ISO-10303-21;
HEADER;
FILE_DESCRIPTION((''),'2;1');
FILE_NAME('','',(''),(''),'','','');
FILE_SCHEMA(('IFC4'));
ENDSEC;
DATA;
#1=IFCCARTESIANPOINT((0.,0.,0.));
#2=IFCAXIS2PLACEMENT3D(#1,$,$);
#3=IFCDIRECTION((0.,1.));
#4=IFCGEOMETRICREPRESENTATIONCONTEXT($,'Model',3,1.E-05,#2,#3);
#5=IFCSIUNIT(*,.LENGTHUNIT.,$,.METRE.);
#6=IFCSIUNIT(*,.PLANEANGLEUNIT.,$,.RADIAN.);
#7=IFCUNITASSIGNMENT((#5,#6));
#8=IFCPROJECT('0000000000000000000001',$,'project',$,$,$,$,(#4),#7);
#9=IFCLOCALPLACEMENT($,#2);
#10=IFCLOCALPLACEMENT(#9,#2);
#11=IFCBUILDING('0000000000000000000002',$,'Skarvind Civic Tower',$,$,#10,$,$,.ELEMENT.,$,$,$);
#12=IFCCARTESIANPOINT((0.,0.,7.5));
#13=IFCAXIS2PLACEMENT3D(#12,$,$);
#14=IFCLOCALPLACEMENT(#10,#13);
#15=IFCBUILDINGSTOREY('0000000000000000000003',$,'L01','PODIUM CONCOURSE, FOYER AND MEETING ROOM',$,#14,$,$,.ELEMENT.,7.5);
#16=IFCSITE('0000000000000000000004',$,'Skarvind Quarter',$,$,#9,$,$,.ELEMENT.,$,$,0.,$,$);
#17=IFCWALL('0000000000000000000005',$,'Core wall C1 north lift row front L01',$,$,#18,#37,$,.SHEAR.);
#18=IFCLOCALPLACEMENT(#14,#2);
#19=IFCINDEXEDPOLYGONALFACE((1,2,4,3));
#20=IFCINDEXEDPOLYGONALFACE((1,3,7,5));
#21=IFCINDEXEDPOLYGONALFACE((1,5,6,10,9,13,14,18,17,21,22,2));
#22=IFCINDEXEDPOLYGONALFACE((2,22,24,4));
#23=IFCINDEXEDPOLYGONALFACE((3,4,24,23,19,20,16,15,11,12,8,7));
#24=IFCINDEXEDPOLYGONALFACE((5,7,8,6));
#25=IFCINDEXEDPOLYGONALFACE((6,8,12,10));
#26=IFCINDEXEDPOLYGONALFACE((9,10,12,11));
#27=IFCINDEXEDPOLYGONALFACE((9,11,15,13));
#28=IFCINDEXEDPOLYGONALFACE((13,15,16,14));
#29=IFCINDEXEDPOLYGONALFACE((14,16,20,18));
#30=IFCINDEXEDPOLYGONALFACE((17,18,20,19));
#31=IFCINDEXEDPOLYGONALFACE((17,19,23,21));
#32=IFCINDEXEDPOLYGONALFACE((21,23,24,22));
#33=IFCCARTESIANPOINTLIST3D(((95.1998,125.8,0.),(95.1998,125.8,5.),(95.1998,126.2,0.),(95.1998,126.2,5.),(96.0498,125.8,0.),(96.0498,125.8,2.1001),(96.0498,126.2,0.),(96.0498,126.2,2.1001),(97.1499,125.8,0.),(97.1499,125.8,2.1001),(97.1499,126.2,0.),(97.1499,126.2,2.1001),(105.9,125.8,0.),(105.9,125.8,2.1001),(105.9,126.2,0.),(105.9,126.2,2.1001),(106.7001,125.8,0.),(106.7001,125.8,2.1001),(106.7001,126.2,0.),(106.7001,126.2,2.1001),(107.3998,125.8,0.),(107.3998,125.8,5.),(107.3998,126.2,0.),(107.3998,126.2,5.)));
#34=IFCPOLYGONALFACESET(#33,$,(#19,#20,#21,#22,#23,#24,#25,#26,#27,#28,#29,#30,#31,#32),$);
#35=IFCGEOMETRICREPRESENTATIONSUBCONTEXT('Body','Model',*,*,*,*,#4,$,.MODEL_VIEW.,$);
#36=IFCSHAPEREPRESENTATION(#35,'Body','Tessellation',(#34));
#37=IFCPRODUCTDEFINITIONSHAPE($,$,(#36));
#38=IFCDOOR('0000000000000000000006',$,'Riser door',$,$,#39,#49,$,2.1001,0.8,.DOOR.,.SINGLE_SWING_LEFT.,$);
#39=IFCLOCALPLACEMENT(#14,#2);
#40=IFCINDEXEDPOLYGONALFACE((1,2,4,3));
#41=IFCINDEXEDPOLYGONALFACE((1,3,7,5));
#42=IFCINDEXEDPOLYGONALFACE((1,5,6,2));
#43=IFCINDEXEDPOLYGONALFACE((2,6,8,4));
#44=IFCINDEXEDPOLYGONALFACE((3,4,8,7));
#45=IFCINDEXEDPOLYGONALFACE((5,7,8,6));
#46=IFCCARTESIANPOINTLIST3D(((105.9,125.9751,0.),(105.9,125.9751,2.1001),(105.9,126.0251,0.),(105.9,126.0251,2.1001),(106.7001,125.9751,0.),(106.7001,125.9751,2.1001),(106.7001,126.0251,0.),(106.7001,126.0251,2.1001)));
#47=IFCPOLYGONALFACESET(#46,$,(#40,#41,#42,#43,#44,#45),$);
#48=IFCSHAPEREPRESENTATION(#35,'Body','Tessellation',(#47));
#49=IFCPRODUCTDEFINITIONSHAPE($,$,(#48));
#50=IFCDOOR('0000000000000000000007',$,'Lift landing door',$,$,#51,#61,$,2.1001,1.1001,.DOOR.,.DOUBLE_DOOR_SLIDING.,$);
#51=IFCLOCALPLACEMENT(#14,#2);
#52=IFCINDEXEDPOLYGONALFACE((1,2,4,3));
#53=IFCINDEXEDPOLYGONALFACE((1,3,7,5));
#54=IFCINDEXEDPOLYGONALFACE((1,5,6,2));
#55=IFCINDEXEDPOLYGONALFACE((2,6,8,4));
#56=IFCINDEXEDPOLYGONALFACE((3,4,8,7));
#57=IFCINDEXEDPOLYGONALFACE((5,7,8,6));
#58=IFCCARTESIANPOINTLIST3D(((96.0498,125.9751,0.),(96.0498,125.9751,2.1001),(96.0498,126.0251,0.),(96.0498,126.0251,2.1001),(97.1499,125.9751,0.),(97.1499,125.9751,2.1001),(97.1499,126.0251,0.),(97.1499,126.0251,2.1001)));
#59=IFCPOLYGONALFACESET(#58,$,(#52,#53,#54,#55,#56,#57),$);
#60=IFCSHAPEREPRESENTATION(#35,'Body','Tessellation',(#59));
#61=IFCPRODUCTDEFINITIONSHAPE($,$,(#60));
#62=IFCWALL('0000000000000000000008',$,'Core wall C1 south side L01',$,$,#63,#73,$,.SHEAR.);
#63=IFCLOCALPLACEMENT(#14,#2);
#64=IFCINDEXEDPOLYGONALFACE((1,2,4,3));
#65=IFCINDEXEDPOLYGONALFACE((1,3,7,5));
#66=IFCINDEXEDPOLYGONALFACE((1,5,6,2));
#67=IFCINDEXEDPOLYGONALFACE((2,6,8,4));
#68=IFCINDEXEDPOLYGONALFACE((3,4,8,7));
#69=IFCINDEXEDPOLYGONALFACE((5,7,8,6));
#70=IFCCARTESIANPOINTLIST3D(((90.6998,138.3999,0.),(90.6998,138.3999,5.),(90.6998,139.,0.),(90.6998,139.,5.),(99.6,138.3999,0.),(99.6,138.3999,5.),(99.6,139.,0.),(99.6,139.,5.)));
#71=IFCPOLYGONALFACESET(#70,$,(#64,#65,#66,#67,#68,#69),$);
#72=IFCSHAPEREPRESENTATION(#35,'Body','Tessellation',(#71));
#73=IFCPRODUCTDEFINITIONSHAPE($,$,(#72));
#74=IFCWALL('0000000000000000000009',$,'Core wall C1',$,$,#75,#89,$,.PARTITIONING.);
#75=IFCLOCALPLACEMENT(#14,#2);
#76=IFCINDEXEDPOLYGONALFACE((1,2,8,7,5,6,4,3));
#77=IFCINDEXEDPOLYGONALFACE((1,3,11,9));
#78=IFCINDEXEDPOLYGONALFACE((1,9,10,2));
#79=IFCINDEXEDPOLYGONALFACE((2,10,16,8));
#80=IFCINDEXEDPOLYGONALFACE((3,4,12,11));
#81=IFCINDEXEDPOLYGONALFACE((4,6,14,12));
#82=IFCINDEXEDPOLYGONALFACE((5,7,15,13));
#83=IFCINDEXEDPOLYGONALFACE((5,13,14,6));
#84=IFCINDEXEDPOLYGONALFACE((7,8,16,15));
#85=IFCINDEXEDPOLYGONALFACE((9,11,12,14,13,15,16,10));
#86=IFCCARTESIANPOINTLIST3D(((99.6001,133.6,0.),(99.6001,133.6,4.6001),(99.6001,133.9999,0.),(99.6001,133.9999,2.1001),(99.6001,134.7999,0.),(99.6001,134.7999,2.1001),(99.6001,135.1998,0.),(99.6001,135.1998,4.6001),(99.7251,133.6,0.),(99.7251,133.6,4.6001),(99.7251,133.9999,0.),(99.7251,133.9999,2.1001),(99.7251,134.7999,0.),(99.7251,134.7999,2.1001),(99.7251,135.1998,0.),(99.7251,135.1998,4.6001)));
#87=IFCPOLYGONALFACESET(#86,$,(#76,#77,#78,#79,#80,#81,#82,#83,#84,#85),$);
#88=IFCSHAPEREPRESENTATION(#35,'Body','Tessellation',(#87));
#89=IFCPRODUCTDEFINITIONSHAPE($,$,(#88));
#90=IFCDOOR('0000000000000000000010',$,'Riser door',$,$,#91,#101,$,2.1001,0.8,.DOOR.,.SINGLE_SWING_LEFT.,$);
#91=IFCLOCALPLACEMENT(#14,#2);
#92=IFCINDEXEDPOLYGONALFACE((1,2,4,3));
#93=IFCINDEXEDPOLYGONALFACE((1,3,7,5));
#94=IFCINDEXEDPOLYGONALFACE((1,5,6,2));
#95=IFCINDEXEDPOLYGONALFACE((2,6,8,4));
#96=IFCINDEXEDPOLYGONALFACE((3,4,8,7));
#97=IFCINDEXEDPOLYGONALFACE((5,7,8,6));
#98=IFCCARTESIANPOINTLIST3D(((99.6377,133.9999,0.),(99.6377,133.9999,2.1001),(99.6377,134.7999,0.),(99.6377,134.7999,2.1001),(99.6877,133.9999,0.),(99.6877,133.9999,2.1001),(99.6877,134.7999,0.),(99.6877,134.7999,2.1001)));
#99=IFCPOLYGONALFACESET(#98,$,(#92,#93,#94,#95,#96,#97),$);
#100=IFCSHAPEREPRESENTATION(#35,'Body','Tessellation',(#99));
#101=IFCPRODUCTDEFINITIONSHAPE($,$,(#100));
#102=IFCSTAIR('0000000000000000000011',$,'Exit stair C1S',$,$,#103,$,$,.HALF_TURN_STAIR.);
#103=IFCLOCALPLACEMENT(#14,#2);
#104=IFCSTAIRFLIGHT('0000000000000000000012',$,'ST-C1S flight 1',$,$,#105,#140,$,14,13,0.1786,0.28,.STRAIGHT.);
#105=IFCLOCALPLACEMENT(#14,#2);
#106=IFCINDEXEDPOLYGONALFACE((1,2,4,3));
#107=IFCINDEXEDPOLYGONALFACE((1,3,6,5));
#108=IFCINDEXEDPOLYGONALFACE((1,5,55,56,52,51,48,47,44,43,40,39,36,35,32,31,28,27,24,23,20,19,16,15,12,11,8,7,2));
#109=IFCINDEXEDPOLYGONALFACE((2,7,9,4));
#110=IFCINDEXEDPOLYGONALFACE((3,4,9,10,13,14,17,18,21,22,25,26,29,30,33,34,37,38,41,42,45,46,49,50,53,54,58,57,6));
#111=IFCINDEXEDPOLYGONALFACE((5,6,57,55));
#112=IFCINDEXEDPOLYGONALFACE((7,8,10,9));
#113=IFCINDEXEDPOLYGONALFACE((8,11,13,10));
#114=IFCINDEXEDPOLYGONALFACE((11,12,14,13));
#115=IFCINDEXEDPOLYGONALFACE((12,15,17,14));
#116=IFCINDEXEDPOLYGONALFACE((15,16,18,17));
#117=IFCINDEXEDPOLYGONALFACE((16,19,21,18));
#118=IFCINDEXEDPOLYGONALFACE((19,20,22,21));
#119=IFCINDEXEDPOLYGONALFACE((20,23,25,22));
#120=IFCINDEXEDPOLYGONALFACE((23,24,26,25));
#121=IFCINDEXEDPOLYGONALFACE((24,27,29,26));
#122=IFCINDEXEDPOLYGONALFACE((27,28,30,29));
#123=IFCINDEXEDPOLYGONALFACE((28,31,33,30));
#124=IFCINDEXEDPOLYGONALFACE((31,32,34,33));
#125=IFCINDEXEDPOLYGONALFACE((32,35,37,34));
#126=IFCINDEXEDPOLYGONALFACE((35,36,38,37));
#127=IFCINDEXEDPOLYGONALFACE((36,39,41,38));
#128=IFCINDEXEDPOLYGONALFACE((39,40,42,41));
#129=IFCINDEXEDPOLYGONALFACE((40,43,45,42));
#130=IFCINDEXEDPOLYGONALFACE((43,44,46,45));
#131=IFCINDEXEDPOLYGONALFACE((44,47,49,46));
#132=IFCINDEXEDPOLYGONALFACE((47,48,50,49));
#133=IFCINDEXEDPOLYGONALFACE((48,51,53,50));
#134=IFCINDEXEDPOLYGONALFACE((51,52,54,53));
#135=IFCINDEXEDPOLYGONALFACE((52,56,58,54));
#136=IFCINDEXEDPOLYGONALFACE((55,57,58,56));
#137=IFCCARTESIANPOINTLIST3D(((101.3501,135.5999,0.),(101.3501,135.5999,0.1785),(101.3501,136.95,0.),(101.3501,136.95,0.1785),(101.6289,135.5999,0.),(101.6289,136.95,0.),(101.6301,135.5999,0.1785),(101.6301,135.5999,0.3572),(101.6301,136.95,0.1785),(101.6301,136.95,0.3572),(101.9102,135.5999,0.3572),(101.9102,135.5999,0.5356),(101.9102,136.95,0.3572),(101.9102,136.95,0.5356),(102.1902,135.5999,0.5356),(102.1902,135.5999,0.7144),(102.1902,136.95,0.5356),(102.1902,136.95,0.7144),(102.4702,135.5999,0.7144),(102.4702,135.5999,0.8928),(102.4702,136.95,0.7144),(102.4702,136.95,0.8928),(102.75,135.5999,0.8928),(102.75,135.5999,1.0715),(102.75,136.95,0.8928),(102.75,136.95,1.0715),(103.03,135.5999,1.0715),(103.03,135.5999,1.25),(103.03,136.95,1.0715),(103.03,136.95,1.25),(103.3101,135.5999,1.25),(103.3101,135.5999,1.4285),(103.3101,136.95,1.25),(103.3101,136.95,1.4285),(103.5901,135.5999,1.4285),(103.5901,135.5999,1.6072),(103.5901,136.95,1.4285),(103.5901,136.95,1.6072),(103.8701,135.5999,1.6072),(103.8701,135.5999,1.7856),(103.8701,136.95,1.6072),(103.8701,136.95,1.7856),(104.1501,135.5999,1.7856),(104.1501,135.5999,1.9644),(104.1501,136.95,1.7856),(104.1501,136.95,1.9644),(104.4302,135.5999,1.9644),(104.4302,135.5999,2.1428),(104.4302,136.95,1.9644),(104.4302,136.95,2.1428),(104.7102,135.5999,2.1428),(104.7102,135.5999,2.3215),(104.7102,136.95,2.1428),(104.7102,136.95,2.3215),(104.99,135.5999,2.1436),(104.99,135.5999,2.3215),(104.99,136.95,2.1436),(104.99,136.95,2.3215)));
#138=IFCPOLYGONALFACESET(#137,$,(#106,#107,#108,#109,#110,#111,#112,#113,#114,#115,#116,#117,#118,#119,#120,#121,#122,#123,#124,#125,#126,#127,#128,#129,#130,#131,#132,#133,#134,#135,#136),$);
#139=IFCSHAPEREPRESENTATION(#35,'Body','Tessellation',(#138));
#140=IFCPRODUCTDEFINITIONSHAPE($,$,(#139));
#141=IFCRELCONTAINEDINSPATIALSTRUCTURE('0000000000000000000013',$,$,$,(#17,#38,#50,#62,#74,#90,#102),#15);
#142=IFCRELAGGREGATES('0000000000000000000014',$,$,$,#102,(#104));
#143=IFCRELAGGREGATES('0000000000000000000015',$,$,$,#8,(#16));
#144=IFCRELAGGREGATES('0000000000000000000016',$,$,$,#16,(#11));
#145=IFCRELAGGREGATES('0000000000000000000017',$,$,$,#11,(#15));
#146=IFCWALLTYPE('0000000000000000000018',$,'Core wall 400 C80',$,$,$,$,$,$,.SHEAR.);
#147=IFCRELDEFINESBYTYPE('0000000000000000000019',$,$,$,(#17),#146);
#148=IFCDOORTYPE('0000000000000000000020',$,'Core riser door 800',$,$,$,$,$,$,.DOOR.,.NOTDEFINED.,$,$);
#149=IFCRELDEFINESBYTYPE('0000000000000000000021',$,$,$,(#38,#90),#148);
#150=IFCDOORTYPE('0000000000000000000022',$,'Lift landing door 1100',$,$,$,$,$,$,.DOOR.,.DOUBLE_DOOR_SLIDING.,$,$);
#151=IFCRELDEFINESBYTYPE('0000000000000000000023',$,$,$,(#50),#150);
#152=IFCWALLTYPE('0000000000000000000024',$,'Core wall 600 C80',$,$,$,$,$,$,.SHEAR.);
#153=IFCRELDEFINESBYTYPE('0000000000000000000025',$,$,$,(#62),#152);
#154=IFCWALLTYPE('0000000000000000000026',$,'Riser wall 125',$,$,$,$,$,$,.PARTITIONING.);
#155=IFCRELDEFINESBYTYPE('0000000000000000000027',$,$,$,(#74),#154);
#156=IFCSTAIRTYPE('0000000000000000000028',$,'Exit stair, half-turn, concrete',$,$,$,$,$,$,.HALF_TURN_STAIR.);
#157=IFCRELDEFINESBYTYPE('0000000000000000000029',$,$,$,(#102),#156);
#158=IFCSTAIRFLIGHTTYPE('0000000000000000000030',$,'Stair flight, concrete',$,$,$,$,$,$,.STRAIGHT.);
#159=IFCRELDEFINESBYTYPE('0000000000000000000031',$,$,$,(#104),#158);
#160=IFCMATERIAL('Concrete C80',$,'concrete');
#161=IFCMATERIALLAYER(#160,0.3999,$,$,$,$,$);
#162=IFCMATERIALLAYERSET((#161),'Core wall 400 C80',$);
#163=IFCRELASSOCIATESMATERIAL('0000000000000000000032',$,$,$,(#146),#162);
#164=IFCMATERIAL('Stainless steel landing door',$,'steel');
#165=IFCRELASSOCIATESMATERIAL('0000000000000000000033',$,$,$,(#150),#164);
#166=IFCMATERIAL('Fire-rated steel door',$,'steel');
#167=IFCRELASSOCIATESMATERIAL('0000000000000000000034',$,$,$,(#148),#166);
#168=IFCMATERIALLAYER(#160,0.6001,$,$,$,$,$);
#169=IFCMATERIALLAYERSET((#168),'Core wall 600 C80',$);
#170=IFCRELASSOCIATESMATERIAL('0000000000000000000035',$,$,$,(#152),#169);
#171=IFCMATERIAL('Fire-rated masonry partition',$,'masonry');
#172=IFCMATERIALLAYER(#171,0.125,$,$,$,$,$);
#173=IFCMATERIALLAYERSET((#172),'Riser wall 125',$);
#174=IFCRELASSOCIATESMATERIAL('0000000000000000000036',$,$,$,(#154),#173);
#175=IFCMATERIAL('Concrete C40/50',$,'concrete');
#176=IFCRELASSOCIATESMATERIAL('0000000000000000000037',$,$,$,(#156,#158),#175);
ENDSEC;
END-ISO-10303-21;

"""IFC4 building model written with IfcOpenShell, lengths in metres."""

from ifc_helpers import new_model, si_unit, direction, frame, frame_2d, origin, place, context, subcontext, project, spatial, polyline, rectangle, outline, extrude, material, layer, layer_set, type_object, element, fill, aggregate, save


model = new_model("IFC4")

# Units and contexts
model_context = context("Model", 3, precision=1e-05, world=origin(), true_north=direction((0.0, 1.0)))
body_context = subcontext(model_context, "Body", "Model", "MODEL_VIEW")
ifc_project = project(units=[si_unit("LENGTHUNIT", "METRE"), si_unit("PLANEANGLEUNIT", "RADIAN")], contexts=[model_context])

# Site, building, storey
site_placement = place(None, origin())
site = spatial("IfcSite", under=ifc_project, at=site_placement, Name="Skarvind Quarter", CompositionType="ELEMENT", RefElevation=0.0)
building_placement = place(site_placement, origin())
building = spatial("IfcBuilding", under=site, at=building_placement, Name="Skarvind Civic Tower", CompositionType="ELEMENT")
storey_placement = place(building_placement, frame((0.0, 0.0, 7.5)))
storey = spatial("IfcBuildingStorey", under=building, at=storey_placement, Name="L01", Description="PODIUM CONCOURSE, FOYER AND MEETING ROOM", CompositionType="ELEMENT", Elevation=7.5)

# Shared definitions
ifc_material_1 = material(Name="Concrete C80", Category="concrete")
ifc_layer_1 = layer(ifc_material_1, 0.3999)
ifc_layer_set_1 = layer_set([ifc_layer_1], Name="Core wall 400 C80")
wall_type_1 = type_object("IfcWallType", Name="Core wall 400 C80", PredefinedType="SHEAR", material=ifc_layer_set_1)
ifc_material_2 = material(Name="Fire-rated steel door", Category="steel")

# Shared definitions
ifc_material_3 = material(Name="Stainless steel landing door", Category="steel")
door_type_1 = type_object("IfcDoorType", Name="Lift landing door 1100", OperationType="DOUBLE_DOOR_SLIDING", PredefinedType="DOOR", material=ifc_material_3)

# Wall, openings, doors
wall_1_placement = place(storey_placement, frame((107.3999, 126.0, 0.0), z_axis=(0.0, 0.0, 1.0), x_axis=(-1.0, 0.0, 0.0)))
wall_1 = element("IfcWall", 1, at=wall_1_placement, inside=storey, type_object=wall_type_1, Name="Core wall C1 north lift row front L01", PredefinedType="SHEAR", context=body_context, shape_type="SweptSolid", body=[
    extrude(rectangle(XDim=12.2, YDim=0.3999, at=frame_2d((6.1001, 0.0))), origin(), (0.0, 0.0, 1.0), 5.0),
])
opening_1_placement = place(wall_1_placement, frame((10.25, 0.0, 0.0)))
opening_1 = element("IfcOpeningElement", 2, at=opening_1_placement, cuts=wall_1, PredefinedType="OPENING", context=body_context, shape_type="SweptSolid", body=[
    extrude(rectangle(XDim=1.1001, YDim=2.1001, at=frame_2d((0.55, 1.05))), frame((0.0, 0.21, 0.0), z_axis=(0.0, -1.0, 0.0), x_axis=(1.0, 0.0, 0.0)), (0.0, 0.0, 1.0), 0.4199),
])
opening_2_placement = place(wall_1_placement, frame((0.7, 0.0, 0.0)))
opening_2 = element("IfcOpeningElement", 3, at=opening_2_placement, cuts=wall_1, PredefinedType="OPENING", context=body_context, shape_type="SweptSolid", body=[
    extrude(rectangle(XDim=0.8, YDim=2.1001, at=frame_2d((0.3999, 1.05))), frame((0.0, 0.21, 0.0), z_axis=(0.0, -1.0, 0.0), x_axis=(1.0, 0.0, 0.0)), (0.0, 0.0, 1.0), 0.4199),
])
door_type_2 = type_object("IfcDoorType", Name="Core riser door 800", OperationType="NOTDEFINED", PredefinedType="DOOR", material=ifc_material_2)
door_1_placement = place(opening_2_placement, origin())
door_1 = element("IfcDoor", 4, at=door_1_placement, inside=storey, type_object=door_type_2, Name="Riser door", OperationType="SINGLE_SWING_LEFT", OverallHeight=2.1001, OverallWidth=0.8, PredefinedType="DOOR", context=body_context, shape_type="SweptSolid", body=[
    extrude(rectangle(XDim=0.8, YDim=2.1001, at=frame_2d((0.3999, 1.05))), frame((0.0, 0.0249, 0.0), z_axis=(0.0, -1.0, 0.0), x_axis=(1.0, 0.0, 0.0)), (0.0, 0.0, 1.0), 0.05),
])
fill(opening_2, door_1)
door_2_placement = place(opening_1_placement, origin())
door_2 = element("IfcDoor", 5, at=door_2_placement, inside=storey, type_object=door_type_1, Name="Lift landing door", OperationType="DOUBLE_DOOR_SLIDING", OverallHeight=2.1001, OverallWidth=1.1001, PredefinedType="DOOR", context=body_context, shape_type="SweptSolid", body=[
    extrude(rectangle(XDim=1.1001, YDim=2.1001, at=frame_2d((0.55, 1.05))), frame((0.0, 0.0249, 0.0), z_axis=(0.0, -1.0, 0.0), x_axis=(1.0, 0.0, 0.0)), (0.0, 0.0, 1.0), 0.05),
])
fill(opening_1, door_2)

# Wall
ifc_layer_2 = layer(ifc_material_1, 0.6001)
ifc_layer_set_2 = layer_set([ifc_layer_2], Name="Core wall 600 C80")
wall_type_2 = type_object("IfcWallType", Name="Core wall 600 C80", PredefinedType="SHEAR", material=ifc_layer_set_2)
wall_2_placement = place(storey_placement, frame((99.6001, 138.7, 0.0), z_axis=(0.0, 0.0, 1.0), x_axis=(-1.0, 0.0, 0.0)))
element("IfcWall", 6, at=wall_2_placement, inside=storey, type_object=wall_type_2, Name="Core wall C1 south side L01", PredefinedType="SHEAR", context=body_context, shape_type="SweptSolid", body=[
    extrude(rectangle(XDim=8.9001, YDim=0.6001, at=frame_2d((4.4502, 0.0))), origin(), (0.0, 0.0, 1.0), 5.0),
])

# Wall, opening, door
ifc_material_4 = material(Name="Fire-rated masonry partition", Category="masonry")
ifc_layer_3 = layer(ifc_material_4, 0.125)
ifc_layer_set_3 = layer_set([ifc_layer_3], Name="Riser wall 125")
wall_type_3 = type_object("IfcWallType", Name="Riser wall 125", PredefinedType="PARTITIONING", material=ifc_layer_set_3)
wall_3_placement = place(storey_placement, frame((99.6626, 133.6001, 0.0), z_axis=(0.0, 0.0, 1.0), x_axis=(0.0, 1.0, 0.0)))
wall_3 = element("IfcWall", 7, at=wall_3_placement, inside=storey, type_object=wall_type_3, Name="Core wall C1", PredefinedType="PARTITIONING", context=body_context, shape_type="SweptSolid", body=[
    extrude(rectangle(XDim=1.5999, YDim=0.125, at=frame_2d((0.7998, 0.0))), origin(), (0.0, 0.0, 1.0), 4.6001),
])
opening_3_placement = place(wall_3_placement, frame((0.3999, 0.0, 0.0)))
opening_3 = element("IfcOpeningElement", 8, at=opening_3_placement, cuts=wall_3, PredefinedType="OPENING", context=body_context, shape_type="SweptSolid", body=[
    extrude(rectangle(XDim=0.8, YDim=2.1001, at=frame_2d((0.3999, 1.05))), frame((0.0, 0.0725, 0.0), z_axis=(0.0, -1.0, 0.0), x_axis=(1.0, 0.0, 0.0)), (0.0, 0.0, 1.0), 0.145),
])
door_3_placement = place(opening_3_placement, origin())
door_3 = element("IfcDoor", 9, at=door_3_placement, inside=storey, type_object=door_type_2, Name="Riser door", OperationType="SINGLE_SWING_LEFT", OverallHeight=2.1001, OverallWidth=0.8, PredefinedType="DOOR", context=body_context, shape_type="SweptSolid", body=[
    extrude(rectangle(XDim=0.8, YDim=2.1001, at=frame_2d((0.3999, 1.05))), frame((0.0, 0.0249, 0.0), z_axis=(0.0, -1.0, 0.0), x_axis=(1.0, 0.0, 0.0)), (0.0, 0.0, 1.0), 0.05),
])
fill(opening_3, door_3)

# Stair, stair flight
ifc_material_5 = material(Name="Concrete C40/50", Category="concrete")
stair_type = type_object("IfcStairType", Name="Exit stair, half-turn, concrete", PredefinedType="HALF_TURN_STAIR", material=ifc_material_5)
stair_placement = place(storey_placement, origin())
stair = element("IfcStair", 10, at=stair_placement, inside=storey, type_object=stair_type, Name="Exit stair C1S", PredefinedType="HALF_TURN_STAIR")
stair_flight_type = type_object("IfcStairFlightType", Name="Stair flight, concrete", PredefinedType="STRAIGHT", material=ifc_material_5)
stair_flight_1_placement = place(storey_placement, frame((101.3501, 136.2749, 0.0), z_axis=(0.0, 0.0, 1.0), x_axis=(1.0, 0.0, 0.0)))
stair_flight_1 = element("IfcStairFlight", 11, at=stair_flight_1_placement, type_object=stair_flight_type, Name="ST-C1S flight 1", NumberOfRisers=14, NumberOfTreads=13, PredefinedType="STRAIGHT", RiserHeight=0.1786, TreadLength=0.28, context=body_context, shape_type="SweptSolid", body=[
    extrude(outline(polyline([(0.0, 0.0), (0.0, 0.1785), (0.28, 0.1785), (0.28, 0.3572), (0.5601, 0.3572), (0.5601, 0.5356), (0.8401, 0.5356), (0.8401, 0.7144), (1.1201, 0.7144), (1.1201, 0.8928), (1.3999, 0.8928), (1.3999, 1.0715), (1.6799, 1.0715), (1.6799, 1.25), (1.96, 1.25), (1.96, 1.4285), (2.24, 1.4285), (2.24, 1.6072), (2.52, 1.6072), (2.52, 1.7856), (2.8, 1.7856), (2.8, 1.9644), (3.0801, 1.9644), (3.0801, 2.1428), (3.3601, 2.1428), (3.3601, 2.3215), (3.6399, 2.3215), (3.6399, 2.5), (3.6399, 2.1436), (0.2788, 0.0), (0.0, 0.0)])), frame((0.0, 0.675, 0.0), z_axis=(0.0, -1.0, 0.0), x_axis=(1.0, 0.0, 0.0)), (0.0, 0.0, 1.0), 1.3501),
])
aggregate(stair, [stair_flight_1])

save(model, "model.ifc")
